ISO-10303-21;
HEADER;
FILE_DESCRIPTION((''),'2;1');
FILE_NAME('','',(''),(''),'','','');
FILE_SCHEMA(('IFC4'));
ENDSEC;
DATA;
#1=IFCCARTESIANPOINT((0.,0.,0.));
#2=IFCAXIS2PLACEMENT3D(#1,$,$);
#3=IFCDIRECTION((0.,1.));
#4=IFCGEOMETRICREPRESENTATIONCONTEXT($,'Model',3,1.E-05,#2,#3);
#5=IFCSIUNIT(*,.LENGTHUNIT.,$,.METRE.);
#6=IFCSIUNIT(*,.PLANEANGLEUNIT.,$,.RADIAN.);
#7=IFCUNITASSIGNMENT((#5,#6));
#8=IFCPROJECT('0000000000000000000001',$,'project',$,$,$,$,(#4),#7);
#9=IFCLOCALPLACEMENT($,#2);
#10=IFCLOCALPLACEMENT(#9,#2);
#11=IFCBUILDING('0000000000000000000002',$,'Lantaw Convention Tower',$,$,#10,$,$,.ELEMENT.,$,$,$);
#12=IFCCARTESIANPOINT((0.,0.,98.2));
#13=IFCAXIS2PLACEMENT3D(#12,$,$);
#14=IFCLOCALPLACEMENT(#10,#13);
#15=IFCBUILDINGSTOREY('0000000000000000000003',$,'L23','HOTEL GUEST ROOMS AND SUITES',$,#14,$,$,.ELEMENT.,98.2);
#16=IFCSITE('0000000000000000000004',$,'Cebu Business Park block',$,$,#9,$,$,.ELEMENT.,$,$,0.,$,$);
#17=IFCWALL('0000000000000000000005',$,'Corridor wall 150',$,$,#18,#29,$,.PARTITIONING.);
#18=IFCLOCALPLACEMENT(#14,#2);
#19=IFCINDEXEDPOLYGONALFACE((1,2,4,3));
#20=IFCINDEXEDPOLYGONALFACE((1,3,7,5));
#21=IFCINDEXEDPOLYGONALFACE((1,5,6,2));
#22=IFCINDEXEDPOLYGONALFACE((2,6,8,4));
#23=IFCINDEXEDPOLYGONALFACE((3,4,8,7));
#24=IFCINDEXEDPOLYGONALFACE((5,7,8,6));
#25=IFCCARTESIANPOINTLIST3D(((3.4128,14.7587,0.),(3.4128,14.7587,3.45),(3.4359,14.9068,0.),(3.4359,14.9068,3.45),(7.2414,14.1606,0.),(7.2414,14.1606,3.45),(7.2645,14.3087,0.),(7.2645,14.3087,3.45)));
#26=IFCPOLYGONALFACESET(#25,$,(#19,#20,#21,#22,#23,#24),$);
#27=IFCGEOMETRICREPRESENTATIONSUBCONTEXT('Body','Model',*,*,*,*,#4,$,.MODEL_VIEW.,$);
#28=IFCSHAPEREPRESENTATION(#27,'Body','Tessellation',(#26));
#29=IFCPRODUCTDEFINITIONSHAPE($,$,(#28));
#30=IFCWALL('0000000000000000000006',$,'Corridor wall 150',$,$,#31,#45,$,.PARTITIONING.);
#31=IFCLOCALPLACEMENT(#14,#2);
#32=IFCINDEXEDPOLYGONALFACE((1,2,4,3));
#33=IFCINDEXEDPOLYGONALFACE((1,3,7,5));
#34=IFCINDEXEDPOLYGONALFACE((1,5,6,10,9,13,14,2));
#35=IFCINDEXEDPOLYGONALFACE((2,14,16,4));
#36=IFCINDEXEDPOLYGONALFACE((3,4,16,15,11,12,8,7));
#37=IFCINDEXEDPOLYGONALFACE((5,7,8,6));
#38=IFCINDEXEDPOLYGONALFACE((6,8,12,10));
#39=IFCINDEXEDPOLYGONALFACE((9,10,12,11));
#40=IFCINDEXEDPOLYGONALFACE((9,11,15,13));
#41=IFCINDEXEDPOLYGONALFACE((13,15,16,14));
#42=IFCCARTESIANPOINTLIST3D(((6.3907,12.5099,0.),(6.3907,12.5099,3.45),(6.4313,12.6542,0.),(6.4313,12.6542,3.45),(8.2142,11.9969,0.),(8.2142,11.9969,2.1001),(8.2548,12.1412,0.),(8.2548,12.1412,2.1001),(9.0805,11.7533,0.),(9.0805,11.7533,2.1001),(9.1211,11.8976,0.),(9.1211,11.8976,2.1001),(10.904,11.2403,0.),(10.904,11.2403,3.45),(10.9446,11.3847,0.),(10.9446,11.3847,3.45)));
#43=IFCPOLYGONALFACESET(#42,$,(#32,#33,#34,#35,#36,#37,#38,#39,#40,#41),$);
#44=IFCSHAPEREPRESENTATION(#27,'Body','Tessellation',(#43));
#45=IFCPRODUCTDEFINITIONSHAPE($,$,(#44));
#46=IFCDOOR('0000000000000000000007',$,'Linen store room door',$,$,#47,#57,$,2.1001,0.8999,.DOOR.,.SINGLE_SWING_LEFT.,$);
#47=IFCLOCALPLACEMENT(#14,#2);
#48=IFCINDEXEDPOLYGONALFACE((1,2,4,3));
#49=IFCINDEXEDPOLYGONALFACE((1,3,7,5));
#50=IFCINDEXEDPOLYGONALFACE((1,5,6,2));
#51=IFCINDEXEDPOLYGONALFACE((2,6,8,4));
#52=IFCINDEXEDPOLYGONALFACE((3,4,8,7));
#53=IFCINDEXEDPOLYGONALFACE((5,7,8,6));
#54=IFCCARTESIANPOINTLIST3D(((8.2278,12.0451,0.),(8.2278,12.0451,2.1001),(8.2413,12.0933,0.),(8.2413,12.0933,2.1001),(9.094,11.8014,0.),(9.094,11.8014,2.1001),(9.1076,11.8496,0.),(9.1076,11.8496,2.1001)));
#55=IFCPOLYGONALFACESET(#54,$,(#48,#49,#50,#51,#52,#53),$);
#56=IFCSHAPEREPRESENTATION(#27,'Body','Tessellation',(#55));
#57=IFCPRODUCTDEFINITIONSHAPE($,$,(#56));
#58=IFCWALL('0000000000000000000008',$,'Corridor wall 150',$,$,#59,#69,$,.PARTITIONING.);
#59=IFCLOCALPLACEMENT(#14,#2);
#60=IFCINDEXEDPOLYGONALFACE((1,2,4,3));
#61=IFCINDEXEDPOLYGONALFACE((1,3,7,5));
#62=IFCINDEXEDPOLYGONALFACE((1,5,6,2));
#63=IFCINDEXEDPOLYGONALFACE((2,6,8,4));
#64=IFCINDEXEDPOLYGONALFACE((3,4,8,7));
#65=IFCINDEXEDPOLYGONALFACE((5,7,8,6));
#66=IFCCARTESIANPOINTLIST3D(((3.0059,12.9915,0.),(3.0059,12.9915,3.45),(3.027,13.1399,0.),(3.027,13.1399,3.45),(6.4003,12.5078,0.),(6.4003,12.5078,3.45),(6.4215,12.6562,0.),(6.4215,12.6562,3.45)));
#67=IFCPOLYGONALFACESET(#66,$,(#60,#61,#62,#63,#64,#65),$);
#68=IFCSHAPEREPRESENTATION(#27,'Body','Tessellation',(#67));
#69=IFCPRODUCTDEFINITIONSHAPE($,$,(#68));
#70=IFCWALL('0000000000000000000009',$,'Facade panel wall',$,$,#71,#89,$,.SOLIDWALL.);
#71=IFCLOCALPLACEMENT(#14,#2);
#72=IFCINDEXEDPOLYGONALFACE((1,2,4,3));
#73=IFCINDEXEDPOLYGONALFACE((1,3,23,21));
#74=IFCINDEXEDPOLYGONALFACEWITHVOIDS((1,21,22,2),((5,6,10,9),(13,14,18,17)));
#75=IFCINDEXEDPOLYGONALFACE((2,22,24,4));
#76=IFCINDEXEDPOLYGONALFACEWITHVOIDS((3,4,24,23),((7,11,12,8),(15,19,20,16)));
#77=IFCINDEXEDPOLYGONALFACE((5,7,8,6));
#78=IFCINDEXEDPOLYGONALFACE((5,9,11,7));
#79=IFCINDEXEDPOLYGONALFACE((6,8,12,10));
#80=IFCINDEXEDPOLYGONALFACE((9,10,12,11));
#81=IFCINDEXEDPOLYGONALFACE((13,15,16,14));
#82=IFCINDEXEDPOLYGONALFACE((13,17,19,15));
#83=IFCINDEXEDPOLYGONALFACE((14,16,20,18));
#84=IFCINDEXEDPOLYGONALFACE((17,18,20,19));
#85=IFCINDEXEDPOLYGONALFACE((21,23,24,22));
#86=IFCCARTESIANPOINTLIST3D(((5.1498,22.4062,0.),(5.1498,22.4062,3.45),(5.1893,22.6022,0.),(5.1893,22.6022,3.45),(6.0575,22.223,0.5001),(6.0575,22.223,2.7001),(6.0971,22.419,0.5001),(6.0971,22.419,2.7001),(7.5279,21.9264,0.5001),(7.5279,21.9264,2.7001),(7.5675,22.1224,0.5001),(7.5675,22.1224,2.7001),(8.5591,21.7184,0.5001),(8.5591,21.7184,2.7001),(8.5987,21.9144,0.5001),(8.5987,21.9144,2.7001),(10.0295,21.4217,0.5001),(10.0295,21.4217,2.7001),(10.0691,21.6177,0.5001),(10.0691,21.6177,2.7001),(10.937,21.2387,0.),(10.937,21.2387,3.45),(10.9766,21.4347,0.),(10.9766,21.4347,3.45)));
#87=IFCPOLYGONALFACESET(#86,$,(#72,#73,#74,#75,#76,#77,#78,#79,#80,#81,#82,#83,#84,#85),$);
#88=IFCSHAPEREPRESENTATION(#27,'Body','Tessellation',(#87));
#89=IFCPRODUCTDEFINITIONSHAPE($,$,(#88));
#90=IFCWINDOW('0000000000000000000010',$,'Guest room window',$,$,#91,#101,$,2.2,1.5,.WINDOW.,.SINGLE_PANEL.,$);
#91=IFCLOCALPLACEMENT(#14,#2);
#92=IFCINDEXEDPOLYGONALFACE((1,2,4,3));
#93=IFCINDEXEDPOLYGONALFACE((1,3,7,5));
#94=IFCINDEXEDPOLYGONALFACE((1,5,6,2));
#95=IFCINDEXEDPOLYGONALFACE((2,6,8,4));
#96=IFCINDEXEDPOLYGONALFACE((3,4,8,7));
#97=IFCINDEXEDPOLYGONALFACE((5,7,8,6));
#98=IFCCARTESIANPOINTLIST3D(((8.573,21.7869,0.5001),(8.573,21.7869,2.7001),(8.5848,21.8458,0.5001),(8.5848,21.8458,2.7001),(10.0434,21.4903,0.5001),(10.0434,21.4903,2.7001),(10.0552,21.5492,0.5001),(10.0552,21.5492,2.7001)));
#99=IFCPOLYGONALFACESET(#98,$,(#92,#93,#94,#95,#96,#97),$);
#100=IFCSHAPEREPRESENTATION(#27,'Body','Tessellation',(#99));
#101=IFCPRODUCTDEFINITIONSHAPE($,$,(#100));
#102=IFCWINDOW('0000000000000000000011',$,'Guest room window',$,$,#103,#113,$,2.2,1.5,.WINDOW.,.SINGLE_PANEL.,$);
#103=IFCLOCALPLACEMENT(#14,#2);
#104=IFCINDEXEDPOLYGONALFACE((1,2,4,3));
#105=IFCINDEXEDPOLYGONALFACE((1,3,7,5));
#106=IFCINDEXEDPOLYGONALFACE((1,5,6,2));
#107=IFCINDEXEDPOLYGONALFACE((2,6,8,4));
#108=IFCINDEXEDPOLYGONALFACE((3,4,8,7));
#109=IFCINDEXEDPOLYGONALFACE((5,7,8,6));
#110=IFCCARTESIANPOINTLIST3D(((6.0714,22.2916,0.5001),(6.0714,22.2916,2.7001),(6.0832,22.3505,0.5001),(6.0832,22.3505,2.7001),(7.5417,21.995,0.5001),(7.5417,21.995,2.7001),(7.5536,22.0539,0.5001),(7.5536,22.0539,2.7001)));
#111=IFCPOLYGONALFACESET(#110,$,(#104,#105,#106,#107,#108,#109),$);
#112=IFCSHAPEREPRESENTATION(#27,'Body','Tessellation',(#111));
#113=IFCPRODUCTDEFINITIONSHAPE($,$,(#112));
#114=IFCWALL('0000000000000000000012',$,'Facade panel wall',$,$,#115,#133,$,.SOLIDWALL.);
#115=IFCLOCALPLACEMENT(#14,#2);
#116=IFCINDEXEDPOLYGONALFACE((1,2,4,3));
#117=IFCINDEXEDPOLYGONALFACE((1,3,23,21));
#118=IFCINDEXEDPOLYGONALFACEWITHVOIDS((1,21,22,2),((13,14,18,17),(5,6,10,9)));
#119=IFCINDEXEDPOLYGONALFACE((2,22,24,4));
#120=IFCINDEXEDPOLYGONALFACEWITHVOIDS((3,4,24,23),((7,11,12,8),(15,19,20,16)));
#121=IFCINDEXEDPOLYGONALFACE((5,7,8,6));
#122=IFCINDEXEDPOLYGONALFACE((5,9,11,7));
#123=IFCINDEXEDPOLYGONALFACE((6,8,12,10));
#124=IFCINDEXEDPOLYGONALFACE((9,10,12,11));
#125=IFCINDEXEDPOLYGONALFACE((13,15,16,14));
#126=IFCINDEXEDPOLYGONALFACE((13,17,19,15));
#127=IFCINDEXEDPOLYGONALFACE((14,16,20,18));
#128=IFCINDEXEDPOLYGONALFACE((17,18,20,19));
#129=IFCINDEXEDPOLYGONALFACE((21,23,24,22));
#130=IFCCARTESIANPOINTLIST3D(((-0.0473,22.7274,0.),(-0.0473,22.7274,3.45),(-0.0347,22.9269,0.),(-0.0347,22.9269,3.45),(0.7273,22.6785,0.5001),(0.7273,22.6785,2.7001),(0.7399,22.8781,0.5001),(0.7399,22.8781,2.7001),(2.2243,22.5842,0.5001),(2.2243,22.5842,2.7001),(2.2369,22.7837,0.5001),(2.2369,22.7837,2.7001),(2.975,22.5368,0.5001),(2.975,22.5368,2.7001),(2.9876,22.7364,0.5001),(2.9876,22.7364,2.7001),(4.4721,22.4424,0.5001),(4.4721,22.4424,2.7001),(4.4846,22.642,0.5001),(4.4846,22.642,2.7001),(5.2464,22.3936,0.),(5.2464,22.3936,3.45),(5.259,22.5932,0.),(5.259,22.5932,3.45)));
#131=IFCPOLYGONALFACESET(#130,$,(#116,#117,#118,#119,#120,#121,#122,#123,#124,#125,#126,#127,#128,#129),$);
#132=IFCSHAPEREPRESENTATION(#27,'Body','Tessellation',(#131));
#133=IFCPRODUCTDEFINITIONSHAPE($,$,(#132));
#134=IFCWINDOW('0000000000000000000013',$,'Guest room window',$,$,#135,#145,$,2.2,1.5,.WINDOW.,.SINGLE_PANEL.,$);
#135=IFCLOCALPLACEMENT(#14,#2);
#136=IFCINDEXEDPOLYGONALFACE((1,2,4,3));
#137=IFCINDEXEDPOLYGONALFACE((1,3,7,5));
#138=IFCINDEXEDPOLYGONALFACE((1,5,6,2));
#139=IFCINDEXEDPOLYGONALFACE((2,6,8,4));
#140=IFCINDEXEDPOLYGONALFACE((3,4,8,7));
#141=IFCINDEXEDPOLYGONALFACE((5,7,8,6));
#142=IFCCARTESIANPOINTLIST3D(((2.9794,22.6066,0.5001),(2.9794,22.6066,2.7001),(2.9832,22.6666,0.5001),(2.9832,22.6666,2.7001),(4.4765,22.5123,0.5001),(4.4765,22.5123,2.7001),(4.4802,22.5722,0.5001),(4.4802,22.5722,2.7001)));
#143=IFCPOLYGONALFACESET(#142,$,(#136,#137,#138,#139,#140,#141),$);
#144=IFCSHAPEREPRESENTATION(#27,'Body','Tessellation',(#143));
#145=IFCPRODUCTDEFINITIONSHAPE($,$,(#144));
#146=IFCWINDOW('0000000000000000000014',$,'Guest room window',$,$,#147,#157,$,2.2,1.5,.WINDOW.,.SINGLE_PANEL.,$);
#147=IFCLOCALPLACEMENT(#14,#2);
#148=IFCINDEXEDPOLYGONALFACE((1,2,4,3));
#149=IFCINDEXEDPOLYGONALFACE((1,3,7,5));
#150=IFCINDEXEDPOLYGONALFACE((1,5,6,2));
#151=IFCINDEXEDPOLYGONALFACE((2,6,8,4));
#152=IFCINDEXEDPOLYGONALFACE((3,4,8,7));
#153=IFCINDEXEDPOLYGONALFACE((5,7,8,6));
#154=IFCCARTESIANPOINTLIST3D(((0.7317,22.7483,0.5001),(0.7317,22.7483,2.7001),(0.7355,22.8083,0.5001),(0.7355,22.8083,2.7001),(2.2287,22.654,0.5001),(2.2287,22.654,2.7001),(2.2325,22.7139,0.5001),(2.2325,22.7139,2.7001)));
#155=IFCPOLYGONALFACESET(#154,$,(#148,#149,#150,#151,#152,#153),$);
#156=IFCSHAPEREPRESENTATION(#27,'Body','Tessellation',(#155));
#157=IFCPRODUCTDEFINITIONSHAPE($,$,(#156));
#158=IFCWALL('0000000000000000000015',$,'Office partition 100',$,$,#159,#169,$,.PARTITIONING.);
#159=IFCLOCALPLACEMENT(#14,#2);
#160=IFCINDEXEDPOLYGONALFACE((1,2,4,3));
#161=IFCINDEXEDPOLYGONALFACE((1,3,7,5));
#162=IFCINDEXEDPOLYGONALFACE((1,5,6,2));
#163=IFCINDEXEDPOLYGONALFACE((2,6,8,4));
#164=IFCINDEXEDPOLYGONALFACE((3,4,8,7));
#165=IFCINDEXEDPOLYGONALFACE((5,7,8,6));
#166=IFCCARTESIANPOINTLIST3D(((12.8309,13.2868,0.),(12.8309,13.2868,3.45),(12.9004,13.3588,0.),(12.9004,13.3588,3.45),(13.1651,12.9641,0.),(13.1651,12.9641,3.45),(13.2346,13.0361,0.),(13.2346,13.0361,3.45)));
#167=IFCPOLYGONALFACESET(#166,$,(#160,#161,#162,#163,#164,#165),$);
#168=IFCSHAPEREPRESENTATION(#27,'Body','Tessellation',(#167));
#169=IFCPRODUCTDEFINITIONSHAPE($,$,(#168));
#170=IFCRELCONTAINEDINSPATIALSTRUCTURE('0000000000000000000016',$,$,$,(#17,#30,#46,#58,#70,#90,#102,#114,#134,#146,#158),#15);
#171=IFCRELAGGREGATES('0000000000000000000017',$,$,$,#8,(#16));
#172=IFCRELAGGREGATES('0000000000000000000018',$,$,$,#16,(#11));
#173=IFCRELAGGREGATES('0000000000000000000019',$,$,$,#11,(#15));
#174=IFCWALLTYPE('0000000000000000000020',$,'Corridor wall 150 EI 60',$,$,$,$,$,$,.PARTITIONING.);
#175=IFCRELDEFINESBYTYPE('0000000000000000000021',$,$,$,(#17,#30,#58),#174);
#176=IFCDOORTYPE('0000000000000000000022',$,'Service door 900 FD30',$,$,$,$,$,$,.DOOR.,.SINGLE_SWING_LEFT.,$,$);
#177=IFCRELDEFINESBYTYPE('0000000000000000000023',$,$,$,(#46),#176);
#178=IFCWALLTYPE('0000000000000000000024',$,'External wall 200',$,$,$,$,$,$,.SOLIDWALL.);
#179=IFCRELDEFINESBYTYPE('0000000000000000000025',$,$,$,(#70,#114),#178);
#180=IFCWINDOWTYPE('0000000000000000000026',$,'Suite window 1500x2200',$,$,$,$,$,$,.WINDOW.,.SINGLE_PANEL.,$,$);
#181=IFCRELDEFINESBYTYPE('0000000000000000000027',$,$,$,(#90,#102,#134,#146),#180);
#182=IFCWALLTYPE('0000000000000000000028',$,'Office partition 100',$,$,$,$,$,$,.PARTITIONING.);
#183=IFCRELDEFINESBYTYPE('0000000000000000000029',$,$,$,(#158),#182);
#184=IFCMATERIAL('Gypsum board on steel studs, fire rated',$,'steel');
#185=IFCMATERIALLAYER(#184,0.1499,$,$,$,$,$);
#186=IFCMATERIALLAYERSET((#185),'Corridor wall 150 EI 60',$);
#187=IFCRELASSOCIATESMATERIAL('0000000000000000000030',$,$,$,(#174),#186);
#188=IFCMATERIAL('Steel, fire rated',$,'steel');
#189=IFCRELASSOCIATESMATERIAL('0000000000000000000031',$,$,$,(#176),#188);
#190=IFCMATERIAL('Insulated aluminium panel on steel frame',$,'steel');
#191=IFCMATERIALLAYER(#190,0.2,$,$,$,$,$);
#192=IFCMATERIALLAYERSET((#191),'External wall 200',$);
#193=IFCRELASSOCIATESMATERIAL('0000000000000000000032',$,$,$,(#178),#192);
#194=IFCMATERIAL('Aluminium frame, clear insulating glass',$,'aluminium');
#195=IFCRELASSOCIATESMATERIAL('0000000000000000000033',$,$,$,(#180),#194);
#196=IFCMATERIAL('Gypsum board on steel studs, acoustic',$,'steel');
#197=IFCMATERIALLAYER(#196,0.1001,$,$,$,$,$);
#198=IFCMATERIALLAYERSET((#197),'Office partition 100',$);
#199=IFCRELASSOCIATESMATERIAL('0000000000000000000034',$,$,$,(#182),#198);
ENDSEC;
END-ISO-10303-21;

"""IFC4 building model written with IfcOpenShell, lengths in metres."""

from ifc_helpers import new_model, si_unit, direction, frame, frame_2d, origin, place, context, subcontext, project, spatial, rectangle, extrude, material, layer, layer_set, type_object, element, fill, save


model = new_model("IFC4")

# Units and contexts
model_context = context("Model", 3, precision=1e-05, world=origin(), true_north=direction((0.0, 1.0)))
body_context = subcontext(model_context, "Body", "Model", "MODEL_VIEW")
ifc_project = project(units=[si_unit("LENGTHUNIT", "METRE"), si_unit("PLANEANGLEUNIT", "RADIAN")], contexts=[model_context])

# Site, building, storey
site_placement = place(None, origin())
site = spatial("IfcSite", under=ifc_project, at=site_placement, Name="Cebu Business Park block", CompositionType="ELEMENT", RefElevation=0.0)
building_placement = place(site_placement, origin())
building = spatial("IfcBuilding", under=site, at=building_placement, Name="Lantaw Convention Tower", CompositionType="ELEMENT")
storey_placement = place(building_placement, frame((0.0, 0.0, 98.2)))
storey = spatial("IfcBuildingStorey", under=building, at=storey_placement, Name="L23", Description="HOTEL GUEST ROOMS AND SUITES", CompositionType="ELEMENT", Elevation=98.2)

# Shared definitions
ifc_material_1 = material(Name="Gypsum board on steel studs, fire rated", Category="steel")
ifc_layer_1 = layer(ifc_material_1, 0.1499)
ifc_layer_set_1 = layer_set([ifc_layer_1], Name="Corridor wall 150 EI 60")
wall_type_1 = type_object("IfcWallType", Name="Corridor wall 150 EI 60", PredefinedType="PARTITIONING", material=ifc_layer_set_1)
ifc_material_2 = material(Name="Steel, fire rated", Category="steel")

# Wall
wall_1_placement = place(storey_placement, frame((7.2529, 14.2346, 0.0), z_axis=(0.0, 0.0, 1.0), x_axis=(-0.988015, 0.154358, 0.0)))
element("IfcWall", 1, at=wall_1_placement, inside=storey, type_object=wall_type_1, Name="Corridor wall 150", PredefinedType="PARTITIONING", context=body_context, shape_type="SweptSolid", body=[
    extrude(rectangle(XDim=3.875, YDim=0.1499, at=frame_2d((1.9375, 0.0))), origin(), (0.0, 0.0, 1.0), 3.45),
])

# Wall, opening, door
wall_2_placement = place(storey_placement, frame((10.9243, 11.3125, 0.0), z_axis=(0.0, 0.0, 1.0), x_axis=(-0.962644, 0.270771, 0.0)))
wall_2 = element("IfcWall", 2, at=wall_2_placement, inside=storey, type_object=wall_type_1, Name="Corridor wall 150", PredefinedType="PARTITIONING", context=body_context, shape_type="SweptSolid", body=[
    extrude(rectangle(XDim=4.6885, YDim=0.1499, at=frame_2d((2.3442, 0.0))), origin(), (0.0, 0.0, 1.0), 3.45),
])
opening_1_placement = place(wall_2_placement, frame((1.8943, 0.0, 0.0)))
opening_1 = element("IfcOpeningElement", 3, at=opening_1_placement, cuts=wall_2, PredefinedType="OPENING", context=body_context, shape_type="SweptSolid", body=[
    extrude(rectangle(XDim=0.8999, YDim=2.1001, at=frame_2d((0.45, 1.05))), frame((0.0, 0.085, 0.0), z_axis=(0.0, -1.0, 0.0), x_axis=(1.0, 0.0, 0.0)), (0.0, 0.0, 1.0), 0.1699),
])
door_type_1 = type_object("IfcDoorType", Name="Service door 900 FD30", OperationType="SINGLE_SWING_LEFT", PredefinedType="DOOR", material=ifc_material_2)
door_1_placement = place(opening_1_placement, origin())
door_1 = element("IfcDoor", 4, at=door_1_placement, inside=storey, type_object=door_type_1, Name="Linen store room door", OperationType="SINGLE_SWING_LEFT", OverallHeight=2.1001, OverallWidth=0.8999, PredefinedType="DOOR", context=body_context, shape_type="SweptSolid", body=[
    extrude(rectangle(XDim=0.8999, YDim=2.1001, at=frame_2d((0.45, 1.05))), frame((0.0, 0.0249, 0.0), z_axis=(0.0, -1.0, 0.0), x_axis=(1.0, 0.0, 0.0)), (0.0, 0.0, 1.0), 0.05),
])
fill(opening_1, door_1)

# Wall
wall_3_placement = place(storey_placement, frame((6.4109, 12.582, 0.0), z_axis=(0.0, 0.0, 1.0), x_axis=(-0.990002, 0.141053, 0.0)))
element("IfcWall", 5, at=wall_3_placement, inside=storey, type_object=wall_type_1, Name="Corridor wall 150", PredefinedType="PARTITIONING", context=body_context, shape_type="SweptSolid", body=[
    extrude(rectangle(XDim=3.4287, YDim=0.1499, at=frame_2d((1.7144, 0.0))), origin(), (0.0, 0.0, 1.0), 3.45),
])

# Walls, openings, windows
ifc_material_3 = material(Name="Insulated aluminium panel on steel frame", Category="steel")
ifc_layer_2 = layer(ifc_material_3, 0.2)
ifc_layer_set_2 = layer_set([ifc_layer_2], Name="External wall 200")
wall_type_2 = type_object("IfcWallType", Name="External wall 200", PredefinedType="SOLIDWALL", material=ifc_layer_set_2)
wall_4_placement = place(storey_placement, frame((10.9568, 21.3367, 0.0), z_axis=(0.0, 0.0, 1.0), x_axis=(-0.980252, 0.197754, 0.0)))
wall_4 = element("IfcWall", 6, at=wall_4_placement, inside=storey, type_object=wall_type_2, Name="Facade panel wall", PredefinedType="SOLIDWALL", context=body_context, shape_type="SweptSolid", body=[
    extrude(rectangle(XDim=5.9038, YDim=0.2, at=frame_2d((2.9519, 0.0))), origin(), (0.0, 0.0, 1.0), 3.45),
])
opening_2_placement = place(wall_4_placement, frame((0.9258, 0.0, 0.5)))
opening_2 = element("IfcOpeningElement", 7, at=opening_2_placement, cuts=wall_4, PredefinedType="OPENING", context=body_context, shape_type="SweptSolid", body=[
    extrude(rectangle(XDim=1.5, YDim=2.2, at=frame_2d((0.75, 1.1001))), frame((0.0, 0.1099, 0.0), z_axis=(0.0, -1.0, 0.0), x_axis=(1.0, 0.0, 0.0)), (0.0, 0.0, 1.0), 0.22),
])
opening_3_placement = place(wall_4_placement, frame((3.4778, 0.0, 0.5)))
opening_3 = element("IfcOpeningElement", 8, at=opening_3_placement, cuts=wall_4, PredefinedType="OPENING", context=body_context, shape_type="SweptSolid", body=[
    extrude(rectangle(XDim=1.5, YDim=2.2, at=frame_2d((0.75, 1.1001))), frame((0.0, 0.1099, 0.0), z_axis=(0.0, -1.0, 0.0), x_axis=(1.0, 0.0, 0.0)), (0.0, 0.0, 1.0), 0.22),
])
ifc_material_4 = material(Name="Aluminium frame, clear insulating glass", Category="aluminium")
window_type = type_object("IfcWindowType", Name="Suite window 1500x2200", PartitioningType="SINGLE_PANEL", PredefinedType="WINDOW", material=ifc_material_4)
window_1_placement = place(opening_2_placement, origin())
window_1 = element("IfcWindow", 9, at=window_1_placement, inside=storey, type_object=window_type, Name="Guest room window", OverallHeight=2.2, OverallWidth=1.5, PartitioningType="SINGLE_PANEL", PredefinedType="WINDOW", context=body_context, shape_type="SweptSolid", body=[
    extrude(rectangle(XDim=1.5, YDim=2.2, at=frame_2d((0.75, 1.1001))), frame((0.0, 0.03, 0.0), z_axis=(0.0, -1.0, 0.0), x_axis=(1.0, 0.0, 0.0)), (0.0, 0.0, 1.0), 0.0601),
])
fill(opening_2, window_1)
window_2_placement = place(opening_3_placement, origin())
window_2 = element("IfcWindow", 10, at=window_2_placement, inside=storey, type_object=window_type, Name="Guest room window", OverallHeight=2.2, OverallWidth=1.5, PartitioningType="SINGLE_PANEL", PredefinedType="WINDOW", context=body_context, shape_type="SweptSolid", body=[
    extrude(rectangle(XDim=1.5, YDim=2.2, at=frame_2d((0.75, 1.1001))), frame((0.0, 0.03, 0.0), z_axis=(0.0, -1.0, 0.0), x_axis=(1.0, 0.0, 0.0)), (0.0, 0.0, 1.0), 0.0601),
])
fill(opening_3, window_2)
wall_5_placement = place(storey_placement, frame((5.2527, 22.4934, 0.0), z_axis=(0.0, 0.0, 1.0), x_axis=(-0.998019, 0.06292, 0.0)))
wall_5 = element("IfcWall", 11, at=wall_5_placement, inside=storey, type_object=wall_type_2, Name="Facade panel wall", PredefinedType="SOLIDWALL", context=body_context, shape_type="SweptSolid", body=[
    extrude(rectangle(XDim=5.3042, YDim=0.2, at=frame_2d((2.6521, 0.0))), origin(), (0.0, 0.0, 1.0), 3.45),
])
opening_4_placement = place(wall_5_placement, frame((0.7759, 0.0, 0.5)))
opening_4 = element("IfcOpeningElement", 12, at=opening_4_placement, cuts=wall_5, PredefinedType="OPENING", context=body_context, shape_type="SweptSolid", body=[
    extrude(rectangle(XDim=1.5, YDim=2.2, at=frame_2d((0.75, 1.1001))), frame((0.0, 0.1099, 0.0), z_axis=(0.0, -1.0, 0.0), x_axis=(1.0, 0.0, 0.0)), (0.0, 0.0, 1.0), 0.22),
])
opening_5_placement = place(wall_5_placement, frame((3.0281, 0.0, 0.5)))
opening_5 = element("IfcOpeningElement", 13, at=opening_5_placement, cuts=wall_5, PredefinedType="OPENING", context=body_context, shape_type="SweptSolid", body=[
    extrude(rectangle(XDim=1.5, YDim=2.2, at=frame_2d((0.75, 1.1001))), frame((0.0, 0.1099, 0.0), z_axis=(0.0, -1.0, 0.0), x_axis=(1.0, 0.0, 0.0)), (0.0, 0.0, 1.0), 0.22),
])
window_3_placement = place(opening_4_placement, origin())
window_3 = element("IfcWindow", 14, at=window_3_placement, inside=storey, type_object=window_type, Name="Guest room window", OverallHeight=2.2, OverallWidth=1.5, PartitioningType="SINGLE_PANEL", PredefinedType="WINDOW", context=body_context, shape_type="SweptSolid", body=[
    extrude(rectangle(XDim=1.5, YDim=2.2, at=frame_2d((0.75, 1.1001))), frame((0.0, 0.03, 0.0), z_axis=(0.0, -1.0, 0.0), x_axis=(1.0, 0.0, 0.0)), (0.0, 0.0, 1.0), 0.0601),
])
fill(opening_4, window_3)
window_4_placement = place(opening_5_placement, origin())
window_4 = element("IfcWindow", 15, at=window_4_placement, inside=storey, type_object=window_type, Name="Guest room window", OverallHeight=2.2, OverallWidth=1.5, PartitioningType="SINGLE_PANEL", PredefinedType="WINDOW", context=body_context, shape_type="SweptSolid", body=[
    extrude(rectangle(XDim=1.5, YDim=2.2, at=frame_2d((0.75, 1.1001))), frame((0.0, 0.03, 0.0), z_axis=(0.0, -1.0, 0.0), x_axis=(1.0, 0.0, 0.0)), (0.0, 0.0, 1.0), 0.0601),
])
fill(opening_5, window_4)

# Wall
ifc_material_5 = material(Name="Gypsum board on steel studs, acoustic", Category="steel")
ifc_layer_3 = layer(ifc_material_5, 0.1001)
ifc_layer_set_3 = layer_set([ifc_layer_3], Name="Office partition 100")
wall_type_3 = type_object("IfcWallType", Name="Office partition 100", PredefinedType="PARTITIONING", material=ifc_layer_set_3)
wall_6_placement = place(storey_placement, frame((13.2, 13.0, 0.0), z_axis=(0.0, 0.0, 1.0), x_axis=(-0.719347, 0.694651, 0.0)))
element("IfcWall", 16, at=wall_6_placement, inside=storey, type_object=wall_type_3, Name="Office partition 100", PredefinedType="PARTITIONING", context=body_context, shape_type="SweptSolid", body=[
    extrude(rectangle(XDim=0.4646, YDim=0.1001, at=frame_2d((0.2324, 0.0))), origin(), (0.0, 0.0, 1.0), 3.45),
])

save(model, "model.ifc")
